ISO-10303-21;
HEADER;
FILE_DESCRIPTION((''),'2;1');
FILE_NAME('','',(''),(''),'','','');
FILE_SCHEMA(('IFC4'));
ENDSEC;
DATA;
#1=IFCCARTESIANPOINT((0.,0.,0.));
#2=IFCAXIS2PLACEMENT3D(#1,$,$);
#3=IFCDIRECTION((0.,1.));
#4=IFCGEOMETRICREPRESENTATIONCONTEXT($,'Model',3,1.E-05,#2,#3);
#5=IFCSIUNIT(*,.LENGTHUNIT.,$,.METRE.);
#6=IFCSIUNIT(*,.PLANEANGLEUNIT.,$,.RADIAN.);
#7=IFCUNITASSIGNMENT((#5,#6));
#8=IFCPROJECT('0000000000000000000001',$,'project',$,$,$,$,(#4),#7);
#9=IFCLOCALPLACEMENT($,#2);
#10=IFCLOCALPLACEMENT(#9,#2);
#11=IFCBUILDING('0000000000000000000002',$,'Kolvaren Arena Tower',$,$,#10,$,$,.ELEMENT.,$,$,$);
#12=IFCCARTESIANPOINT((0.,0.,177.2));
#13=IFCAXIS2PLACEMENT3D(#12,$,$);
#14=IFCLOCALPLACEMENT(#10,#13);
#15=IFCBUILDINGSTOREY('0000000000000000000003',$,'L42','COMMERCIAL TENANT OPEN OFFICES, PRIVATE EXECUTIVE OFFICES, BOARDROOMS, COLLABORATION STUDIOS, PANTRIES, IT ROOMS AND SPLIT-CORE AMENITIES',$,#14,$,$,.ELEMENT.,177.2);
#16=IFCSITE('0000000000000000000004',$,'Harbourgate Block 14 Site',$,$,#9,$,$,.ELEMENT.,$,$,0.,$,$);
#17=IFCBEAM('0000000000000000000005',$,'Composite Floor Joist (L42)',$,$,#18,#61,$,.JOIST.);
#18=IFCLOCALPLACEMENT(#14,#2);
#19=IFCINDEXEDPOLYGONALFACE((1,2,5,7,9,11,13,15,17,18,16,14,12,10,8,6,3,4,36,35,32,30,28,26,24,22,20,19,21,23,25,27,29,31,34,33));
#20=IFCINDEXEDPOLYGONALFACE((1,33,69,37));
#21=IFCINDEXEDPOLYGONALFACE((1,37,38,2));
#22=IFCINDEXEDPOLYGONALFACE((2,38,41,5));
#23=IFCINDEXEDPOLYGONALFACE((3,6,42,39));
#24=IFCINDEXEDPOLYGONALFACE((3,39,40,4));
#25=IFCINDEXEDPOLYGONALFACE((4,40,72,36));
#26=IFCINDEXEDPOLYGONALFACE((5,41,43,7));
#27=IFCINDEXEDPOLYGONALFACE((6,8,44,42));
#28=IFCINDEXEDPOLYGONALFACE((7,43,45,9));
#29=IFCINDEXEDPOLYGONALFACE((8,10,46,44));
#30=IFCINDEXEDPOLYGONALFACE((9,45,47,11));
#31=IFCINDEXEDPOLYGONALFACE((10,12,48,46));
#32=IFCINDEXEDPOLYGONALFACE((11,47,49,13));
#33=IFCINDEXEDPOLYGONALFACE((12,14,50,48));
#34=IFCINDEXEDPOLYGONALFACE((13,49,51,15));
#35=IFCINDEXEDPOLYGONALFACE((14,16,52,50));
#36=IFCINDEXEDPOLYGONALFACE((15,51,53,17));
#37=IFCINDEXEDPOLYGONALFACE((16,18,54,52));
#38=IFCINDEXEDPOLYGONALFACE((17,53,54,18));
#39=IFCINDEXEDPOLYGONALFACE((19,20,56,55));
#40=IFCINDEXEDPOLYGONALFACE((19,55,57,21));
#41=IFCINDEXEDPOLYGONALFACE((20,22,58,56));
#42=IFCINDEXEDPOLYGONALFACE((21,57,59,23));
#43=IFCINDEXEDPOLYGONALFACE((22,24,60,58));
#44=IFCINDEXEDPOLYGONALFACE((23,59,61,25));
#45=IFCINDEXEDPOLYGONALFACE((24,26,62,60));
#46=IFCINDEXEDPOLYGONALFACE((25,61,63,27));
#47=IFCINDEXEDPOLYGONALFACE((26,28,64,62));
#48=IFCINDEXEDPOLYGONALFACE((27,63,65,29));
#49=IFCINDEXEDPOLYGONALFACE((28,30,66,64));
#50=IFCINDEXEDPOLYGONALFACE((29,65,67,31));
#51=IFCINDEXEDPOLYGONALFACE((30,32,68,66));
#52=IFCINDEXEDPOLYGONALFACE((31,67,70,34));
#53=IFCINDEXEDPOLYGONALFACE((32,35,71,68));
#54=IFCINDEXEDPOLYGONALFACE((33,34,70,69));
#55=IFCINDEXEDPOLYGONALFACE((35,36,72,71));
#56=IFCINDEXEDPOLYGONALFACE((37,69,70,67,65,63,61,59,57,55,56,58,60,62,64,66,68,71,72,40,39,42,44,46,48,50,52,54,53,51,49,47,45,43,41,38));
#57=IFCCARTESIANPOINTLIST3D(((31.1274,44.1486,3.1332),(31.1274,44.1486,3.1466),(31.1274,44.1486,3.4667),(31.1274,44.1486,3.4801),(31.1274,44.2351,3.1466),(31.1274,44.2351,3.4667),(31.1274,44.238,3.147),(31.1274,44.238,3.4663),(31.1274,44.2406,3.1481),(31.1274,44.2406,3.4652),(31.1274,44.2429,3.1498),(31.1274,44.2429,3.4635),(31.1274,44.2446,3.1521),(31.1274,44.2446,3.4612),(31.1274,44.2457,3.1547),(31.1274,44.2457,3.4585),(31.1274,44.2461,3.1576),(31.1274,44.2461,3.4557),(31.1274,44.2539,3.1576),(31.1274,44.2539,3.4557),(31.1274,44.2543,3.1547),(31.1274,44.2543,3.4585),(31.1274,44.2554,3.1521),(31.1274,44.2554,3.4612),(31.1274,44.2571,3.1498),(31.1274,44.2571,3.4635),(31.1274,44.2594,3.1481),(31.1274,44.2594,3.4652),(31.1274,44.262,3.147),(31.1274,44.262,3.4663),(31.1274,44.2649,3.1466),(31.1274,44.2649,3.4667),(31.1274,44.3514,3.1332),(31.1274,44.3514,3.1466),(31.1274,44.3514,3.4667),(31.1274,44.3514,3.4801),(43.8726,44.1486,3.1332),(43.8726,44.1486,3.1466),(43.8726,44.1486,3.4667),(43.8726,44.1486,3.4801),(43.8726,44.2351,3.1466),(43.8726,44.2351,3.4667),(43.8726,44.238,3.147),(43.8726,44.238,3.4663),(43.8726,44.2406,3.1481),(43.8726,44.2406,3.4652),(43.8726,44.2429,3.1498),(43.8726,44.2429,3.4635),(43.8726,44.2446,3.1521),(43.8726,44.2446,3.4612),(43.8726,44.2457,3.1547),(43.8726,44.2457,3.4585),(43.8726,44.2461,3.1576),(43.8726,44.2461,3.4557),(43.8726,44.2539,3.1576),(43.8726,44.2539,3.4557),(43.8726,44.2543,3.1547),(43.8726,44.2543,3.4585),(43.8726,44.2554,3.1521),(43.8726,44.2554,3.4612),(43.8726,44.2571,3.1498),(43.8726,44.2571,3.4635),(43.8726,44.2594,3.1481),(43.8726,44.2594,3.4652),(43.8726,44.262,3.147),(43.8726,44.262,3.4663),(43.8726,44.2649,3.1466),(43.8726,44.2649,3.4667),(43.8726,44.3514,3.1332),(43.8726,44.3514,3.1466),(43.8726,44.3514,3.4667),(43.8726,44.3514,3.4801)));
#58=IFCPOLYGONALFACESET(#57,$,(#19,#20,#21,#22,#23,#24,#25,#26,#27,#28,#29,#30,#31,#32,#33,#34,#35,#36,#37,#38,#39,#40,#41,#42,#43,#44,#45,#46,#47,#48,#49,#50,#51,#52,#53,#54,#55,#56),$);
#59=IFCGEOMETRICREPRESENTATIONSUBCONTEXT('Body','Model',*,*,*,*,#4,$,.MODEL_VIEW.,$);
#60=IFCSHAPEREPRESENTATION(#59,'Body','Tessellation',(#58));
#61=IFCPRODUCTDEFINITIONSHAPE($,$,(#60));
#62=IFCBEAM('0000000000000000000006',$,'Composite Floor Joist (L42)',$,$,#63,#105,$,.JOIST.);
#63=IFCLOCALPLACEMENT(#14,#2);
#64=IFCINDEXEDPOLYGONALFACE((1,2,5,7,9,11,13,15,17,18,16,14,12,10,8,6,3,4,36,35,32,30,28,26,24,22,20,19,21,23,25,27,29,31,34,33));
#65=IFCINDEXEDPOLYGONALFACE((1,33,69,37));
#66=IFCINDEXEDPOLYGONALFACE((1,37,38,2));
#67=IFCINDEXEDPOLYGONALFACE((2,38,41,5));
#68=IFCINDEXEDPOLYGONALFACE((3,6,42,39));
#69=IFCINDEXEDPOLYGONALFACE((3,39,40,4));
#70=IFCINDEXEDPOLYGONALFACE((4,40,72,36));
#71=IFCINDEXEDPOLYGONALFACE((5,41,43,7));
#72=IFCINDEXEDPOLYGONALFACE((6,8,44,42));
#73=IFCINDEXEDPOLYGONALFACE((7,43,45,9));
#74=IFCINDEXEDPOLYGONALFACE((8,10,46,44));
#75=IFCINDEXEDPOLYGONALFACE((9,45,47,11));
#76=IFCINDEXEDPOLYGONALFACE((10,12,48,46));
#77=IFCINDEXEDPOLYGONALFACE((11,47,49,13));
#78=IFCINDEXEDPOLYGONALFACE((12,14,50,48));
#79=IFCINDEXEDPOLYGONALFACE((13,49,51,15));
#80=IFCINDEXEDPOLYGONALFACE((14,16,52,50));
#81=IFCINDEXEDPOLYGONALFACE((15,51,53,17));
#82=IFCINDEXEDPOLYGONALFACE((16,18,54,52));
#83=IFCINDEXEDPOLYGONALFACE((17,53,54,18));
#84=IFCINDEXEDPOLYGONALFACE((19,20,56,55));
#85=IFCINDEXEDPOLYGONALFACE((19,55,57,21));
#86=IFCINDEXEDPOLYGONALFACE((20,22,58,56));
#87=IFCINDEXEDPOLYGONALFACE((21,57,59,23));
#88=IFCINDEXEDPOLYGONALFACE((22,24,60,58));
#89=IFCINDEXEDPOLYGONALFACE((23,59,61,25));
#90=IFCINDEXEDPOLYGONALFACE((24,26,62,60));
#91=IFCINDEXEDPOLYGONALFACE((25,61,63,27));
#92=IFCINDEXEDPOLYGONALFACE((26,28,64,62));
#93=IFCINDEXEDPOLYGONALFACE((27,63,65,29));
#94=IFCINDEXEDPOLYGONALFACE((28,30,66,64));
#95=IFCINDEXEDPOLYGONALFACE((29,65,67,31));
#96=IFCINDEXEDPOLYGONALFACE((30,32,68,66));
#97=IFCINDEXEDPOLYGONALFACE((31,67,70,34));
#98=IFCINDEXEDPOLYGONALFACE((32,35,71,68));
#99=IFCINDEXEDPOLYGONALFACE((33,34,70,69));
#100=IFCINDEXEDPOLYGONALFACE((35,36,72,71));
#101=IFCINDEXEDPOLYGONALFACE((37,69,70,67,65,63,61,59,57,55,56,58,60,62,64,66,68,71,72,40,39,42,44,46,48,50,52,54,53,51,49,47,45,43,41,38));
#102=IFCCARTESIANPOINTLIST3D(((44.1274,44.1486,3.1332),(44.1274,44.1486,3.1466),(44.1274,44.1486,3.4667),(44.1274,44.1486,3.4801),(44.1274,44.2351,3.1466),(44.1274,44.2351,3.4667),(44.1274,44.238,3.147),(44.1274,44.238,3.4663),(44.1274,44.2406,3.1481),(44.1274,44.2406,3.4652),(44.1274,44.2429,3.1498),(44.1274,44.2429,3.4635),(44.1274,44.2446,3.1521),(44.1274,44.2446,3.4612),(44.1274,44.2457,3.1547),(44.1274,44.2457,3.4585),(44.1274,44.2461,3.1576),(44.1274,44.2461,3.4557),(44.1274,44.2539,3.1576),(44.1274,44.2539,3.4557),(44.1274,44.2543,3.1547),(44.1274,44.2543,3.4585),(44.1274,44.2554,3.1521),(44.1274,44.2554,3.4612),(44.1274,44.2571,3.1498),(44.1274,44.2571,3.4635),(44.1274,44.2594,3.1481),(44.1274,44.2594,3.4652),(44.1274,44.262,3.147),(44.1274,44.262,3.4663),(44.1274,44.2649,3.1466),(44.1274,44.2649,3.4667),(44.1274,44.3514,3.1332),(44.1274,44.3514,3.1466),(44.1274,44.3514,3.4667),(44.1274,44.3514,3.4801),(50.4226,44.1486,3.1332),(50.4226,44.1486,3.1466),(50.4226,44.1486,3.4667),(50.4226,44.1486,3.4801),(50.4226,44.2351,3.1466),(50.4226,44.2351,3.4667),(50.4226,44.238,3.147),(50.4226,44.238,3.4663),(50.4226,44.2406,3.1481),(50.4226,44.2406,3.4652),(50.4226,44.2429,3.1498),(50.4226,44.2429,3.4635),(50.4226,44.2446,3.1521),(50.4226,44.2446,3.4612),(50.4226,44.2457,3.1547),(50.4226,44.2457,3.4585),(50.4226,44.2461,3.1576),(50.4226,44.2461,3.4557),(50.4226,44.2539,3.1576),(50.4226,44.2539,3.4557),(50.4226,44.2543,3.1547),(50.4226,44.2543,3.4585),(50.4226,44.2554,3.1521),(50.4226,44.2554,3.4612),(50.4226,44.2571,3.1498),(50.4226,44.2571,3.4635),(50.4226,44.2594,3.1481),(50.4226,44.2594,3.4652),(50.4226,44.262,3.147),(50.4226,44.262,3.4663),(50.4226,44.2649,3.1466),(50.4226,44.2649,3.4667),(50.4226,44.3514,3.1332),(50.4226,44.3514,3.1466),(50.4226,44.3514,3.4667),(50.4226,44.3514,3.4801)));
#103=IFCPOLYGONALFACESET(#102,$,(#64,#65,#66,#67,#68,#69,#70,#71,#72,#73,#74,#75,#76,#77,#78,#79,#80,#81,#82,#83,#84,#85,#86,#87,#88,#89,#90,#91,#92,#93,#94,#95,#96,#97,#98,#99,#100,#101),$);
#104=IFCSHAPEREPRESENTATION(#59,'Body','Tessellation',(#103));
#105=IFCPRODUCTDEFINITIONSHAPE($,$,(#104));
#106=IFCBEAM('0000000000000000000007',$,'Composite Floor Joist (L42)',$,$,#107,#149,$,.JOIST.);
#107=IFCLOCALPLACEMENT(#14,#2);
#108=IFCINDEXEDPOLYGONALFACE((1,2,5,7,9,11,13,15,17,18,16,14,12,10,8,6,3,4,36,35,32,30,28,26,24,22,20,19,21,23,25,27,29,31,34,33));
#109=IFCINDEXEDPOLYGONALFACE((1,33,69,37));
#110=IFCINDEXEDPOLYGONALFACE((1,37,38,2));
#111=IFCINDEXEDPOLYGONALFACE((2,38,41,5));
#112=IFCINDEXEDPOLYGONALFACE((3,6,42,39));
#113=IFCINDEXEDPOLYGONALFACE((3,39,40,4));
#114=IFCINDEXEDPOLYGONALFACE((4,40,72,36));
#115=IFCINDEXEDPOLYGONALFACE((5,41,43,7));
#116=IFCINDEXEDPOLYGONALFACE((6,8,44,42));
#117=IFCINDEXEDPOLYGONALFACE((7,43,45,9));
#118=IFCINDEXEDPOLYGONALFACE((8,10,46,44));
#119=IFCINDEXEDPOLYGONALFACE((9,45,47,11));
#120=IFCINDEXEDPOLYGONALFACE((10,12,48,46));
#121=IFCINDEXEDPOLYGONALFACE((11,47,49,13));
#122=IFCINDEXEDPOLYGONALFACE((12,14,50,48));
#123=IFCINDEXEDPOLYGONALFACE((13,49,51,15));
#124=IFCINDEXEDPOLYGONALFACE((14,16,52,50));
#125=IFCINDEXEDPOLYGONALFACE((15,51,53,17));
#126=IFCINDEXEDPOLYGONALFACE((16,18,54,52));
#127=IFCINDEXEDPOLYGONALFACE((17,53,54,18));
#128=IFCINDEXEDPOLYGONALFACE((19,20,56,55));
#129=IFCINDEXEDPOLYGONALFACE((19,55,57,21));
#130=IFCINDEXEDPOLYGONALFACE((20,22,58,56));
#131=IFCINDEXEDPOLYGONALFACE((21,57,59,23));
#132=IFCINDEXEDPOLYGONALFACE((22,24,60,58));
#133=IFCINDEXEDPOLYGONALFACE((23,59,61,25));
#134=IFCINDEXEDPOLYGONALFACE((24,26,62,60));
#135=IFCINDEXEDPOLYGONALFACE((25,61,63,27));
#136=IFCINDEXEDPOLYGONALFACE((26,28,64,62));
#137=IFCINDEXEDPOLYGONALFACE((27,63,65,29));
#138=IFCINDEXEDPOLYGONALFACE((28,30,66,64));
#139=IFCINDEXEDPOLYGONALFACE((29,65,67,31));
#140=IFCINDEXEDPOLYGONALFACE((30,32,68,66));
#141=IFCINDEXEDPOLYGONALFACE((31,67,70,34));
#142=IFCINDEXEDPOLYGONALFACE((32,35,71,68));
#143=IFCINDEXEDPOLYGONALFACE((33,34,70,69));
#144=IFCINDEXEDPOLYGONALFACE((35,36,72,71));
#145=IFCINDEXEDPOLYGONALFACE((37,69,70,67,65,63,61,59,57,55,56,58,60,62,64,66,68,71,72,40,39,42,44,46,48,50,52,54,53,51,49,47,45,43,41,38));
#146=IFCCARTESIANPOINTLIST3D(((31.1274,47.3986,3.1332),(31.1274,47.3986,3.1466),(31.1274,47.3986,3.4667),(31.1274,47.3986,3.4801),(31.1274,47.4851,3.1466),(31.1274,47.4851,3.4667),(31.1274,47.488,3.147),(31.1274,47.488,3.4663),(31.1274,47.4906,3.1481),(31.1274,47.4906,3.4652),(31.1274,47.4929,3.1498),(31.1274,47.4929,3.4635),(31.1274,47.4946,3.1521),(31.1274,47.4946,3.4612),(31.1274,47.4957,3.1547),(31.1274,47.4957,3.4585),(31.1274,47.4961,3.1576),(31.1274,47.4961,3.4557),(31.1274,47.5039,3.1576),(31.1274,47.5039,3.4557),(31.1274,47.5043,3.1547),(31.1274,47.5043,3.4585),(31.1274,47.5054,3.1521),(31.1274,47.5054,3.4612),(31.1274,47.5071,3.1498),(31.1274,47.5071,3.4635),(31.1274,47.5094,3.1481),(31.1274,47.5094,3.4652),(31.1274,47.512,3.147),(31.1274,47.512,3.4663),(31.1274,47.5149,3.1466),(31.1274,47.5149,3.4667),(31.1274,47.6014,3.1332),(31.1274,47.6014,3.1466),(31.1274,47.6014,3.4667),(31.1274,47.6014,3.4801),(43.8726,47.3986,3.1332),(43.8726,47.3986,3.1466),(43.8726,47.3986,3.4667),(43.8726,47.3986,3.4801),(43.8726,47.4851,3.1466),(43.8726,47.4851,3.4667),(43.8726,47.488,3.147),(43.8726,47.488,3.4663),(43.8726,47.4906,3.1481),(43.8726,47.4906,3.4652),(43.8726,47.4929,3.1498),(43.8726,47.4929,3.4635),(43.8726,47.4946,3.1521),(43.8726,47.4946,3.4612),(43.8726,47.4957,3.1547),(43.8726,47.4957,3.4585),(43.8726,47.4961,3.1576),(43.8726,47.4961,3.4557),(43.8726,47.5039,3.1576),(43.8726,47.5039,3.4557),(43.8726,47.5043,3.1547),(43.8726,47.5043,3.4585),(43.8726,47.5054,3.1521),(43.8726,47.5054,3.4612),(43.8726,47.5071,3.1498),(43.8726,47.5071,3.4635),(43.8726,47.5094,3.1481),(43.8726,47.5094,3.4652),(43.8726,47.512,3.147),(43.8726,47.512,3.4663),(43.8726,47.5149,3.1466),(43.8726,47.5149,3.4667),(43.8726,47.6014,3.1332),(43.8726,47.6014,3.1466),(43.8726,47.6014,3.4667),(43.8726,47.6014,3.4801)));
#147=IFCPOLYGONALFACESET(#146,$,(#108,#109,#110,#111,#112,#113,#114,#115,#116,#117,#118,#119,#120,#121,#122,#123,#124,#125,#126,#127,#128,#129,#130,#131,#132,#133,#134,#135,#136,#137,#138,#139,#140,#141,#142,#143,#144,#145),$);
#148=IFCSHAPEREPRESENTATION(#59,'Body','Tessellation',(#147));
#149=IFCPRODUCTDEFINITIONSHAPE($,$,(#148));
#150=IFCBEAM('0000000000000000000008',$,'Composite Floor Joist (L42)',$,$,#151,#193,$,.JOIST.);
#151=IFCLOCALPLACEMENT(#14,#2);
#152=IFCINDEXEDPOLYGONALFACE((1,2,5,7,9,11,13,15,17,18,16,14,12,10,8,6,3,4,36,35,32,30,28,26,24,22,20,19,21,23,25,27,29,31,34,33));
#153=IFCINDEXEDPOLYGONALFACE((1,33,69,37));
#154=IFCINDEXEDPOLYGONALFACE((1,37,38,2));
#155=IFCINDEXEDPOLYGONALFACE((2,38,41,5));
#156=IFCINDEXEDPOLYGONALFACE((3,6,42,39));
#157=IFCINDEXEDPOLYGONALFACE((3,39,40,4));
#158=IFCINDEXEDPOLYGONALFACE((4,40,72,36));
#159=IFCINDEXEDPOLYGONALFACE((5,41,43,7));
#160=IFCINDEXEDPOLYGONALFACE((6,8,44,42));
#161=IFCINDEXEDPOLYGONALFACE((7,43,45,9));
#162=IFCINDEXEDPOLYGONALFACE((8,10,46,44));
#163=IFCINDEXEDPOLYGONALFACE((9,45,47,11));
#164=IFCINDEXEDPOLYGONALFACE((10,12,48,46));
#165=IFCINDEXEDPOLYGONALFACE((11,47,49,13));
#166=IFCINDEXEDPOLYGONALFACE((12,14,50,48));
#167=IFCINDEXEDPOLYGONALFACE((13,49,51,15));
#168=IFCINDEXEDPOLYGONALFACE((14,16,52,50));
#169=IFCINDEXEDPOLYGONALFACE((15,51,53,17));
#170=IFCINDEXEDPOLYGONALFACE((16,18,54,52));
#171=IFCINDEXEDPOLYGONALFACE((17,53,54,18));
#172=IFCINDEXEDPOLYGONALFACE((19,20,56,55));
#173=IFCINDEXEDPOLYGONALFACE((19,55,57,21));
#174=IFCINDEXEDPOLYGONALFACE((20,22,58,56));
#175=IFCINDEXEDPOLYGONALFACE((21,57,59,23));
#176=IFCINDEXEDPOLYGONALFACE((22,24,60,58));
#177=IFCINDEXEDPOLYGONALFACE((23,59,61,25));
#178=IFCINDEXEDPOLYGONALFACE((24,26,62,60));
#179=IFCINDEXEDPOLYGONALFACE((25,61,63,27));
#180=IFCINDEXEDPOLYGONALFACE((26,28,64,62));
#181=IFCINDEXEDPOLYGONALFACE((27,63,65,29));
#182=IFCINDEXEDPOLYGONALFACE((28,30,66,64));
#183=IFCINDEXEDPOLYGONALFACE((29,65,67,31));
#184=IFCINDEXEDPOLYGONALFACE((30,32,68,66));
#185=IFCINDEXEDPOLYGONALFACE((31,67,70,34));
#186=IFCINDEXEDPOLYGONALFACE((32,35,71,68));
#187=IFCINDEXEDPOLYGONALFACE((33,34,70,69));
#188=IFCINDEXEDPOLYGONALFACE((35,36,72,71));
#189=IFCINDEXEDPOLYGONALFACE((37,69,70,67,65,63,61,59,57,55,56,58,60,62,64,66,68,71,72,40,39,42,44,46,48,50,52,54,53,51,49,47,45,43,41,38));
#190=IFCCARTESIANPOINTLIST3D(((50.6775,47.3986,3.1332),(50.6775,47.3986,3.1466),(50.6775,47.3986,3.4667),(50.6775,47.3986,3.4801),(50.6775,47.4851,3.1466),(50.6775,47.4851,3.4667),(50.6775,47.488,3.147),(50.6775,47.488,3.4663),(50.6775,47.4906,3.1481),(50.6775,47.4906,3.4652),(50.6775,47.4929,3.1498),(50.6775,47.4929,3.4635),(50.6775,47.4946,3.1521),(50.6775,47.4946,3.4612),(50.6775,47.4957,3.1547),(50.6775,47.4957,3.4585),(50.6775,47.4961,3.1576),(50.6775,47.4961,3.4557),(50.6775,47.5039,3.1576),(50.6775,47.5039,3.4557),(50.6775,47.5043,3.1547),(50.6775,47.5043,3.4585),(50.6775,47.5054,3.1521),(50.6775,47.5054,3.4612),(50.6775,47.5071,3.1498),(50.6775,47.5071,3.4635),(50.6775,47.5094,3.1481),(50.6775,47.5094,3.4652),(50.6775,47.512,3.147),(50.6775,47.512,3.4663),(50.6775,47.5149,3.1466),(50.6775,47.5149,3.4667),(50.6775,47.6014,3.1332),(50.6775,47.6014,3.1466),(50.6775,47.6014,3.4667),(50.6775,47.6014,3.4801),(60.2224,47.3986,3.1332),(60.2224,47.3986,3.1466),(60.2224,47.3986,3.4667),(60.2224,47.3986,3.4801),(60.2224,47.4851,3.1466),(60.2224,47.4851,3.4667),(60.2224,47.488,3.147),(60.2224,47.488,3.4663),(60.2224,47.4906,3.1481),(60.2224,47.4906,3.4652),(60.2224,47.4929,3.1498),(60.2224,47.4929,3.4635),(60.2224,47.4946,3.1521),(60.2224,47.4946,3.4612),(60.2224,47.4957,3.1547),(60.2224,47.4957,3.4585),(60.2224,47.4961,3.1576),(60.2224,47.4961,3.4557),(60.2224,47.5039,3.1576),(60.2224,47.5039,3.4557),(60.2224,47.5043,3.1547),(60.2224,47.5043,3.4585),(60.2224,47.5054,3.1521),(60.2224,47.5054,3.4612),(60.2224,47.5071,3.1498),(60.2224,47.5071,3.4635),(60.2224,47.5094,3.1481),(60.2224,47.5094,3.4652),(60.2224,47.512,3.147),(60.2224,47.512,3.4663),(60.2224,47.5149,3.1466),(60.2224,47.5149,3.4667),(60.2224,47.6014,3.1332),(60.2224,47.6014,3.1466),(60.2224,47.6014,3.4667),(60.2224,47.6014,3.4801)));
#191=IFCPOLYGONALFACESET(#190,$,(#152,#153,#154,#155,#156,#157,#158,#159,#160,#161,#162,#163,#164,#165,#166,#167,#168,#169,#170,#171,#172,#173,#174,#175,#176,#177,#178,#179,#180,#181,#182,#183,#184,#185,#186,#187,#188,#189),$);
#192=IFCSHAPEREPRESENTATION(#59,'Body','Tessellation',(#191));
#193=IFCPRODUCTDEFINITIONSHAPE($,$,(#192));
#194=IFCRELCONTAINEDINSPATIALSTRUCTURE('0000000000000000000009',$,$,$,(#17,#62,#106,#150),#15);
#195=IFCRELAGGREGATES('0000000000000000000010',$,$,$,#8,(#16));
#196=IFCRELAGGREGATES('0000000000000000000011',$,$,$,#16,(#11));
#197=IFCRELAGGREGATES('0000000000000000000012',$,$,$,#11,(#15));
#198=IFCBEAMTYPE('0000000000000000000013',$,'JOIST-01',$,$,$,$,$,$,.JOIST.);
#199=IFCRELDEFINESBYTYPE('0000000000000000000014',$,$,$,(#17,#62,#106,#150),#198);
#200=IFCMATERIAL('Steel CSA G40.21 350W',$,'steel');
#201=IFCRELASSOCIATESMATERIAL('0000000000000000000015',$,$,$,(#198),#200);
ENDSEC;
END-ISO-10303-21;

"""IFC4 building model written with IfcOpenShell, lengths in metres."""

from ifc_helpers import new_model, si_unit, direction, frame, origin, origin_2d, place, context, subcontext, project, spatial, i_section, extrude, material, material_profile, profile_set, type_object, element, save


model = new_model("IFC4")

# Units and contexts
model_context = context("Model", 3, precision=1e-05, world=origin(), true_north=direction((0.0, 1.0)))
body_context = subcontext(model_context, "Body", "Model", "MODEL_VIEW")
ifc_project = project(units=[si_unit("LENGTHUNIT", "METRE"), si_unit("PLANEANGLEUNIT", "RADIAN")], contexts=[model_context])

# Site, building, storey
site_placement = place(None, origin())
site = spatial("IfcSite", under=ifc_project, at=site_placement, Name="Harbourgate Block 14 Site", CompositionType="ELEMENT", RefElevation=0.0)
building_placement = place(site_placement, origin())
building = spatial("IfcBuilding", under=site, at=building_placement, Name="Kolvaren Arena Tower", CompositionType="ELEMENT")
storey_placement = place(building_placement, frame((0.0, 0.0, 177.2)))
storey = spatial("IfcBuildingStorey", under=building, at=storey_placement, Name="L42", Description="COMMERCIAL TENANT OPEN OFFICES, PRIVATE EXECUTIVE OFFICES, BOARDROOMS, COLLABORATION STUDIOS, PANTRIES, IT ROOMS AND SPLIT-CORE AMENITIES", CompositionType="ELEMENT", Elevation=177.2)

# Beams
ifc_material_1 = material(Name="Steel CSA G40.21 350W", Category="steel")
ifc_material_profile_1 = material_profile(ifc_material_1, i_section(OverallWidth=0.2029, OverallDepth=0.3469, WebThickness=0.0078, FlangeThickness=0.0134, FilletRadius=0.011, at=origin_2d()), Name="W360x64")
ifc_profile_set_1 = profile_set([ifc_material_profile_1], Name="Steel CSA G40.21 350W")
beam_type_1 = type_object("IfcBeamType", Name="JOIST-01", PredefinedType="JOIST", material=ifc_profile_set_1)
beam_1_placement = place(storey_placement, frame((31.1274, 44.25, 3.3066), z_axis=(1.0, 0.0, 0.0), x_axis=(0.0, 1.0, 0.0)))
element("IfcBeam", 1, at=beam_1_placement, inside=storey, type_object=beam_type_1, Name="Composite Floor Joist (L42)", PredefinedType="JOIST", context=body_context, shape_type="SweptSolid", body=[
    extrude(i_section(OverallWidth=0.2029, OverallDepth=0.3469, WebThickness=0.0078, FlangeThickness=0.0134, FilletRadius=0.011, at=origin_2d()), origin(), (0.0, 0.0, 1.0), 12.7451),
])
beam_2_placement = place(storey_placement, frame((44.1274, 44.25, 3.3066), z_axis=(1.0, 0.0, 0.0), x_axis=(0.0, 1.0, 0.0)))
element("IfcBeam", 2, at=beam_2_placement, inside=storey, type_object=beam_type_1, Name="Composite Floor Joist (L42)", PredefinedType="JOIST", context=body_context, shape_type="SweptSolid", body=[
    extrude(i_section(OverallWidth=0.2029, OverallDepth=0.3469, WebThickness=0.0078, FlangeThickness=0.0134, FilletRadius=0.011, at=origin_2d()), origin(), (0.0, 0.0, 1.0), 6.2952),
])
beam_3_placement = place(storey_placement, frame((31.1274, 47.5, 3.3066), z_axis=(1.0, 0.0, 0.0), x_axis=(0.0, 1.0, 0.0)))
element("IfcBeam", 3, at=beam_3_placement, inside=storey, type_object=beam_type_1, Name="Composite Floor Joist (L42)", PredefinedType="JOIST", context=body_context, shape_type="SweptSolid", body=[
    extrude(i_section(OverallWidth=0.2029, OverallDepth=0.3469, WebThickness=0.0078, FlangeThickness=0.0134, FilletRadius=0.011, at=origin_2d()), origin(), (0.0, 0.0, 1.0), 12.7451),
])
beam_4_placement = place(storey_placement, frame((50.6775, 47.5, 3.3066), z_axis=(1.0, 0.0, 0.0), x_axis=(0.0, 1.0, 0.0)))
element("IfcBeam", 4, at=beam_4_placement, inside=storey, type_object=beam_type_1, Name="Composite Floor Joist (L42)", PredefinedType="JOIST", context=body_context, shape_type="SweptSolid", body=[
    extrude(i_section(OverallWidth=0.2029, OverallDepth=0.3469, WebThickness=0.0078, FlangeThickness=0.0134, FilletRadius=0.011, at=origin_2d()), origin(), (0.0, 0.0, 1.0), 9.5449),
])

save(model, "model.ifc")
